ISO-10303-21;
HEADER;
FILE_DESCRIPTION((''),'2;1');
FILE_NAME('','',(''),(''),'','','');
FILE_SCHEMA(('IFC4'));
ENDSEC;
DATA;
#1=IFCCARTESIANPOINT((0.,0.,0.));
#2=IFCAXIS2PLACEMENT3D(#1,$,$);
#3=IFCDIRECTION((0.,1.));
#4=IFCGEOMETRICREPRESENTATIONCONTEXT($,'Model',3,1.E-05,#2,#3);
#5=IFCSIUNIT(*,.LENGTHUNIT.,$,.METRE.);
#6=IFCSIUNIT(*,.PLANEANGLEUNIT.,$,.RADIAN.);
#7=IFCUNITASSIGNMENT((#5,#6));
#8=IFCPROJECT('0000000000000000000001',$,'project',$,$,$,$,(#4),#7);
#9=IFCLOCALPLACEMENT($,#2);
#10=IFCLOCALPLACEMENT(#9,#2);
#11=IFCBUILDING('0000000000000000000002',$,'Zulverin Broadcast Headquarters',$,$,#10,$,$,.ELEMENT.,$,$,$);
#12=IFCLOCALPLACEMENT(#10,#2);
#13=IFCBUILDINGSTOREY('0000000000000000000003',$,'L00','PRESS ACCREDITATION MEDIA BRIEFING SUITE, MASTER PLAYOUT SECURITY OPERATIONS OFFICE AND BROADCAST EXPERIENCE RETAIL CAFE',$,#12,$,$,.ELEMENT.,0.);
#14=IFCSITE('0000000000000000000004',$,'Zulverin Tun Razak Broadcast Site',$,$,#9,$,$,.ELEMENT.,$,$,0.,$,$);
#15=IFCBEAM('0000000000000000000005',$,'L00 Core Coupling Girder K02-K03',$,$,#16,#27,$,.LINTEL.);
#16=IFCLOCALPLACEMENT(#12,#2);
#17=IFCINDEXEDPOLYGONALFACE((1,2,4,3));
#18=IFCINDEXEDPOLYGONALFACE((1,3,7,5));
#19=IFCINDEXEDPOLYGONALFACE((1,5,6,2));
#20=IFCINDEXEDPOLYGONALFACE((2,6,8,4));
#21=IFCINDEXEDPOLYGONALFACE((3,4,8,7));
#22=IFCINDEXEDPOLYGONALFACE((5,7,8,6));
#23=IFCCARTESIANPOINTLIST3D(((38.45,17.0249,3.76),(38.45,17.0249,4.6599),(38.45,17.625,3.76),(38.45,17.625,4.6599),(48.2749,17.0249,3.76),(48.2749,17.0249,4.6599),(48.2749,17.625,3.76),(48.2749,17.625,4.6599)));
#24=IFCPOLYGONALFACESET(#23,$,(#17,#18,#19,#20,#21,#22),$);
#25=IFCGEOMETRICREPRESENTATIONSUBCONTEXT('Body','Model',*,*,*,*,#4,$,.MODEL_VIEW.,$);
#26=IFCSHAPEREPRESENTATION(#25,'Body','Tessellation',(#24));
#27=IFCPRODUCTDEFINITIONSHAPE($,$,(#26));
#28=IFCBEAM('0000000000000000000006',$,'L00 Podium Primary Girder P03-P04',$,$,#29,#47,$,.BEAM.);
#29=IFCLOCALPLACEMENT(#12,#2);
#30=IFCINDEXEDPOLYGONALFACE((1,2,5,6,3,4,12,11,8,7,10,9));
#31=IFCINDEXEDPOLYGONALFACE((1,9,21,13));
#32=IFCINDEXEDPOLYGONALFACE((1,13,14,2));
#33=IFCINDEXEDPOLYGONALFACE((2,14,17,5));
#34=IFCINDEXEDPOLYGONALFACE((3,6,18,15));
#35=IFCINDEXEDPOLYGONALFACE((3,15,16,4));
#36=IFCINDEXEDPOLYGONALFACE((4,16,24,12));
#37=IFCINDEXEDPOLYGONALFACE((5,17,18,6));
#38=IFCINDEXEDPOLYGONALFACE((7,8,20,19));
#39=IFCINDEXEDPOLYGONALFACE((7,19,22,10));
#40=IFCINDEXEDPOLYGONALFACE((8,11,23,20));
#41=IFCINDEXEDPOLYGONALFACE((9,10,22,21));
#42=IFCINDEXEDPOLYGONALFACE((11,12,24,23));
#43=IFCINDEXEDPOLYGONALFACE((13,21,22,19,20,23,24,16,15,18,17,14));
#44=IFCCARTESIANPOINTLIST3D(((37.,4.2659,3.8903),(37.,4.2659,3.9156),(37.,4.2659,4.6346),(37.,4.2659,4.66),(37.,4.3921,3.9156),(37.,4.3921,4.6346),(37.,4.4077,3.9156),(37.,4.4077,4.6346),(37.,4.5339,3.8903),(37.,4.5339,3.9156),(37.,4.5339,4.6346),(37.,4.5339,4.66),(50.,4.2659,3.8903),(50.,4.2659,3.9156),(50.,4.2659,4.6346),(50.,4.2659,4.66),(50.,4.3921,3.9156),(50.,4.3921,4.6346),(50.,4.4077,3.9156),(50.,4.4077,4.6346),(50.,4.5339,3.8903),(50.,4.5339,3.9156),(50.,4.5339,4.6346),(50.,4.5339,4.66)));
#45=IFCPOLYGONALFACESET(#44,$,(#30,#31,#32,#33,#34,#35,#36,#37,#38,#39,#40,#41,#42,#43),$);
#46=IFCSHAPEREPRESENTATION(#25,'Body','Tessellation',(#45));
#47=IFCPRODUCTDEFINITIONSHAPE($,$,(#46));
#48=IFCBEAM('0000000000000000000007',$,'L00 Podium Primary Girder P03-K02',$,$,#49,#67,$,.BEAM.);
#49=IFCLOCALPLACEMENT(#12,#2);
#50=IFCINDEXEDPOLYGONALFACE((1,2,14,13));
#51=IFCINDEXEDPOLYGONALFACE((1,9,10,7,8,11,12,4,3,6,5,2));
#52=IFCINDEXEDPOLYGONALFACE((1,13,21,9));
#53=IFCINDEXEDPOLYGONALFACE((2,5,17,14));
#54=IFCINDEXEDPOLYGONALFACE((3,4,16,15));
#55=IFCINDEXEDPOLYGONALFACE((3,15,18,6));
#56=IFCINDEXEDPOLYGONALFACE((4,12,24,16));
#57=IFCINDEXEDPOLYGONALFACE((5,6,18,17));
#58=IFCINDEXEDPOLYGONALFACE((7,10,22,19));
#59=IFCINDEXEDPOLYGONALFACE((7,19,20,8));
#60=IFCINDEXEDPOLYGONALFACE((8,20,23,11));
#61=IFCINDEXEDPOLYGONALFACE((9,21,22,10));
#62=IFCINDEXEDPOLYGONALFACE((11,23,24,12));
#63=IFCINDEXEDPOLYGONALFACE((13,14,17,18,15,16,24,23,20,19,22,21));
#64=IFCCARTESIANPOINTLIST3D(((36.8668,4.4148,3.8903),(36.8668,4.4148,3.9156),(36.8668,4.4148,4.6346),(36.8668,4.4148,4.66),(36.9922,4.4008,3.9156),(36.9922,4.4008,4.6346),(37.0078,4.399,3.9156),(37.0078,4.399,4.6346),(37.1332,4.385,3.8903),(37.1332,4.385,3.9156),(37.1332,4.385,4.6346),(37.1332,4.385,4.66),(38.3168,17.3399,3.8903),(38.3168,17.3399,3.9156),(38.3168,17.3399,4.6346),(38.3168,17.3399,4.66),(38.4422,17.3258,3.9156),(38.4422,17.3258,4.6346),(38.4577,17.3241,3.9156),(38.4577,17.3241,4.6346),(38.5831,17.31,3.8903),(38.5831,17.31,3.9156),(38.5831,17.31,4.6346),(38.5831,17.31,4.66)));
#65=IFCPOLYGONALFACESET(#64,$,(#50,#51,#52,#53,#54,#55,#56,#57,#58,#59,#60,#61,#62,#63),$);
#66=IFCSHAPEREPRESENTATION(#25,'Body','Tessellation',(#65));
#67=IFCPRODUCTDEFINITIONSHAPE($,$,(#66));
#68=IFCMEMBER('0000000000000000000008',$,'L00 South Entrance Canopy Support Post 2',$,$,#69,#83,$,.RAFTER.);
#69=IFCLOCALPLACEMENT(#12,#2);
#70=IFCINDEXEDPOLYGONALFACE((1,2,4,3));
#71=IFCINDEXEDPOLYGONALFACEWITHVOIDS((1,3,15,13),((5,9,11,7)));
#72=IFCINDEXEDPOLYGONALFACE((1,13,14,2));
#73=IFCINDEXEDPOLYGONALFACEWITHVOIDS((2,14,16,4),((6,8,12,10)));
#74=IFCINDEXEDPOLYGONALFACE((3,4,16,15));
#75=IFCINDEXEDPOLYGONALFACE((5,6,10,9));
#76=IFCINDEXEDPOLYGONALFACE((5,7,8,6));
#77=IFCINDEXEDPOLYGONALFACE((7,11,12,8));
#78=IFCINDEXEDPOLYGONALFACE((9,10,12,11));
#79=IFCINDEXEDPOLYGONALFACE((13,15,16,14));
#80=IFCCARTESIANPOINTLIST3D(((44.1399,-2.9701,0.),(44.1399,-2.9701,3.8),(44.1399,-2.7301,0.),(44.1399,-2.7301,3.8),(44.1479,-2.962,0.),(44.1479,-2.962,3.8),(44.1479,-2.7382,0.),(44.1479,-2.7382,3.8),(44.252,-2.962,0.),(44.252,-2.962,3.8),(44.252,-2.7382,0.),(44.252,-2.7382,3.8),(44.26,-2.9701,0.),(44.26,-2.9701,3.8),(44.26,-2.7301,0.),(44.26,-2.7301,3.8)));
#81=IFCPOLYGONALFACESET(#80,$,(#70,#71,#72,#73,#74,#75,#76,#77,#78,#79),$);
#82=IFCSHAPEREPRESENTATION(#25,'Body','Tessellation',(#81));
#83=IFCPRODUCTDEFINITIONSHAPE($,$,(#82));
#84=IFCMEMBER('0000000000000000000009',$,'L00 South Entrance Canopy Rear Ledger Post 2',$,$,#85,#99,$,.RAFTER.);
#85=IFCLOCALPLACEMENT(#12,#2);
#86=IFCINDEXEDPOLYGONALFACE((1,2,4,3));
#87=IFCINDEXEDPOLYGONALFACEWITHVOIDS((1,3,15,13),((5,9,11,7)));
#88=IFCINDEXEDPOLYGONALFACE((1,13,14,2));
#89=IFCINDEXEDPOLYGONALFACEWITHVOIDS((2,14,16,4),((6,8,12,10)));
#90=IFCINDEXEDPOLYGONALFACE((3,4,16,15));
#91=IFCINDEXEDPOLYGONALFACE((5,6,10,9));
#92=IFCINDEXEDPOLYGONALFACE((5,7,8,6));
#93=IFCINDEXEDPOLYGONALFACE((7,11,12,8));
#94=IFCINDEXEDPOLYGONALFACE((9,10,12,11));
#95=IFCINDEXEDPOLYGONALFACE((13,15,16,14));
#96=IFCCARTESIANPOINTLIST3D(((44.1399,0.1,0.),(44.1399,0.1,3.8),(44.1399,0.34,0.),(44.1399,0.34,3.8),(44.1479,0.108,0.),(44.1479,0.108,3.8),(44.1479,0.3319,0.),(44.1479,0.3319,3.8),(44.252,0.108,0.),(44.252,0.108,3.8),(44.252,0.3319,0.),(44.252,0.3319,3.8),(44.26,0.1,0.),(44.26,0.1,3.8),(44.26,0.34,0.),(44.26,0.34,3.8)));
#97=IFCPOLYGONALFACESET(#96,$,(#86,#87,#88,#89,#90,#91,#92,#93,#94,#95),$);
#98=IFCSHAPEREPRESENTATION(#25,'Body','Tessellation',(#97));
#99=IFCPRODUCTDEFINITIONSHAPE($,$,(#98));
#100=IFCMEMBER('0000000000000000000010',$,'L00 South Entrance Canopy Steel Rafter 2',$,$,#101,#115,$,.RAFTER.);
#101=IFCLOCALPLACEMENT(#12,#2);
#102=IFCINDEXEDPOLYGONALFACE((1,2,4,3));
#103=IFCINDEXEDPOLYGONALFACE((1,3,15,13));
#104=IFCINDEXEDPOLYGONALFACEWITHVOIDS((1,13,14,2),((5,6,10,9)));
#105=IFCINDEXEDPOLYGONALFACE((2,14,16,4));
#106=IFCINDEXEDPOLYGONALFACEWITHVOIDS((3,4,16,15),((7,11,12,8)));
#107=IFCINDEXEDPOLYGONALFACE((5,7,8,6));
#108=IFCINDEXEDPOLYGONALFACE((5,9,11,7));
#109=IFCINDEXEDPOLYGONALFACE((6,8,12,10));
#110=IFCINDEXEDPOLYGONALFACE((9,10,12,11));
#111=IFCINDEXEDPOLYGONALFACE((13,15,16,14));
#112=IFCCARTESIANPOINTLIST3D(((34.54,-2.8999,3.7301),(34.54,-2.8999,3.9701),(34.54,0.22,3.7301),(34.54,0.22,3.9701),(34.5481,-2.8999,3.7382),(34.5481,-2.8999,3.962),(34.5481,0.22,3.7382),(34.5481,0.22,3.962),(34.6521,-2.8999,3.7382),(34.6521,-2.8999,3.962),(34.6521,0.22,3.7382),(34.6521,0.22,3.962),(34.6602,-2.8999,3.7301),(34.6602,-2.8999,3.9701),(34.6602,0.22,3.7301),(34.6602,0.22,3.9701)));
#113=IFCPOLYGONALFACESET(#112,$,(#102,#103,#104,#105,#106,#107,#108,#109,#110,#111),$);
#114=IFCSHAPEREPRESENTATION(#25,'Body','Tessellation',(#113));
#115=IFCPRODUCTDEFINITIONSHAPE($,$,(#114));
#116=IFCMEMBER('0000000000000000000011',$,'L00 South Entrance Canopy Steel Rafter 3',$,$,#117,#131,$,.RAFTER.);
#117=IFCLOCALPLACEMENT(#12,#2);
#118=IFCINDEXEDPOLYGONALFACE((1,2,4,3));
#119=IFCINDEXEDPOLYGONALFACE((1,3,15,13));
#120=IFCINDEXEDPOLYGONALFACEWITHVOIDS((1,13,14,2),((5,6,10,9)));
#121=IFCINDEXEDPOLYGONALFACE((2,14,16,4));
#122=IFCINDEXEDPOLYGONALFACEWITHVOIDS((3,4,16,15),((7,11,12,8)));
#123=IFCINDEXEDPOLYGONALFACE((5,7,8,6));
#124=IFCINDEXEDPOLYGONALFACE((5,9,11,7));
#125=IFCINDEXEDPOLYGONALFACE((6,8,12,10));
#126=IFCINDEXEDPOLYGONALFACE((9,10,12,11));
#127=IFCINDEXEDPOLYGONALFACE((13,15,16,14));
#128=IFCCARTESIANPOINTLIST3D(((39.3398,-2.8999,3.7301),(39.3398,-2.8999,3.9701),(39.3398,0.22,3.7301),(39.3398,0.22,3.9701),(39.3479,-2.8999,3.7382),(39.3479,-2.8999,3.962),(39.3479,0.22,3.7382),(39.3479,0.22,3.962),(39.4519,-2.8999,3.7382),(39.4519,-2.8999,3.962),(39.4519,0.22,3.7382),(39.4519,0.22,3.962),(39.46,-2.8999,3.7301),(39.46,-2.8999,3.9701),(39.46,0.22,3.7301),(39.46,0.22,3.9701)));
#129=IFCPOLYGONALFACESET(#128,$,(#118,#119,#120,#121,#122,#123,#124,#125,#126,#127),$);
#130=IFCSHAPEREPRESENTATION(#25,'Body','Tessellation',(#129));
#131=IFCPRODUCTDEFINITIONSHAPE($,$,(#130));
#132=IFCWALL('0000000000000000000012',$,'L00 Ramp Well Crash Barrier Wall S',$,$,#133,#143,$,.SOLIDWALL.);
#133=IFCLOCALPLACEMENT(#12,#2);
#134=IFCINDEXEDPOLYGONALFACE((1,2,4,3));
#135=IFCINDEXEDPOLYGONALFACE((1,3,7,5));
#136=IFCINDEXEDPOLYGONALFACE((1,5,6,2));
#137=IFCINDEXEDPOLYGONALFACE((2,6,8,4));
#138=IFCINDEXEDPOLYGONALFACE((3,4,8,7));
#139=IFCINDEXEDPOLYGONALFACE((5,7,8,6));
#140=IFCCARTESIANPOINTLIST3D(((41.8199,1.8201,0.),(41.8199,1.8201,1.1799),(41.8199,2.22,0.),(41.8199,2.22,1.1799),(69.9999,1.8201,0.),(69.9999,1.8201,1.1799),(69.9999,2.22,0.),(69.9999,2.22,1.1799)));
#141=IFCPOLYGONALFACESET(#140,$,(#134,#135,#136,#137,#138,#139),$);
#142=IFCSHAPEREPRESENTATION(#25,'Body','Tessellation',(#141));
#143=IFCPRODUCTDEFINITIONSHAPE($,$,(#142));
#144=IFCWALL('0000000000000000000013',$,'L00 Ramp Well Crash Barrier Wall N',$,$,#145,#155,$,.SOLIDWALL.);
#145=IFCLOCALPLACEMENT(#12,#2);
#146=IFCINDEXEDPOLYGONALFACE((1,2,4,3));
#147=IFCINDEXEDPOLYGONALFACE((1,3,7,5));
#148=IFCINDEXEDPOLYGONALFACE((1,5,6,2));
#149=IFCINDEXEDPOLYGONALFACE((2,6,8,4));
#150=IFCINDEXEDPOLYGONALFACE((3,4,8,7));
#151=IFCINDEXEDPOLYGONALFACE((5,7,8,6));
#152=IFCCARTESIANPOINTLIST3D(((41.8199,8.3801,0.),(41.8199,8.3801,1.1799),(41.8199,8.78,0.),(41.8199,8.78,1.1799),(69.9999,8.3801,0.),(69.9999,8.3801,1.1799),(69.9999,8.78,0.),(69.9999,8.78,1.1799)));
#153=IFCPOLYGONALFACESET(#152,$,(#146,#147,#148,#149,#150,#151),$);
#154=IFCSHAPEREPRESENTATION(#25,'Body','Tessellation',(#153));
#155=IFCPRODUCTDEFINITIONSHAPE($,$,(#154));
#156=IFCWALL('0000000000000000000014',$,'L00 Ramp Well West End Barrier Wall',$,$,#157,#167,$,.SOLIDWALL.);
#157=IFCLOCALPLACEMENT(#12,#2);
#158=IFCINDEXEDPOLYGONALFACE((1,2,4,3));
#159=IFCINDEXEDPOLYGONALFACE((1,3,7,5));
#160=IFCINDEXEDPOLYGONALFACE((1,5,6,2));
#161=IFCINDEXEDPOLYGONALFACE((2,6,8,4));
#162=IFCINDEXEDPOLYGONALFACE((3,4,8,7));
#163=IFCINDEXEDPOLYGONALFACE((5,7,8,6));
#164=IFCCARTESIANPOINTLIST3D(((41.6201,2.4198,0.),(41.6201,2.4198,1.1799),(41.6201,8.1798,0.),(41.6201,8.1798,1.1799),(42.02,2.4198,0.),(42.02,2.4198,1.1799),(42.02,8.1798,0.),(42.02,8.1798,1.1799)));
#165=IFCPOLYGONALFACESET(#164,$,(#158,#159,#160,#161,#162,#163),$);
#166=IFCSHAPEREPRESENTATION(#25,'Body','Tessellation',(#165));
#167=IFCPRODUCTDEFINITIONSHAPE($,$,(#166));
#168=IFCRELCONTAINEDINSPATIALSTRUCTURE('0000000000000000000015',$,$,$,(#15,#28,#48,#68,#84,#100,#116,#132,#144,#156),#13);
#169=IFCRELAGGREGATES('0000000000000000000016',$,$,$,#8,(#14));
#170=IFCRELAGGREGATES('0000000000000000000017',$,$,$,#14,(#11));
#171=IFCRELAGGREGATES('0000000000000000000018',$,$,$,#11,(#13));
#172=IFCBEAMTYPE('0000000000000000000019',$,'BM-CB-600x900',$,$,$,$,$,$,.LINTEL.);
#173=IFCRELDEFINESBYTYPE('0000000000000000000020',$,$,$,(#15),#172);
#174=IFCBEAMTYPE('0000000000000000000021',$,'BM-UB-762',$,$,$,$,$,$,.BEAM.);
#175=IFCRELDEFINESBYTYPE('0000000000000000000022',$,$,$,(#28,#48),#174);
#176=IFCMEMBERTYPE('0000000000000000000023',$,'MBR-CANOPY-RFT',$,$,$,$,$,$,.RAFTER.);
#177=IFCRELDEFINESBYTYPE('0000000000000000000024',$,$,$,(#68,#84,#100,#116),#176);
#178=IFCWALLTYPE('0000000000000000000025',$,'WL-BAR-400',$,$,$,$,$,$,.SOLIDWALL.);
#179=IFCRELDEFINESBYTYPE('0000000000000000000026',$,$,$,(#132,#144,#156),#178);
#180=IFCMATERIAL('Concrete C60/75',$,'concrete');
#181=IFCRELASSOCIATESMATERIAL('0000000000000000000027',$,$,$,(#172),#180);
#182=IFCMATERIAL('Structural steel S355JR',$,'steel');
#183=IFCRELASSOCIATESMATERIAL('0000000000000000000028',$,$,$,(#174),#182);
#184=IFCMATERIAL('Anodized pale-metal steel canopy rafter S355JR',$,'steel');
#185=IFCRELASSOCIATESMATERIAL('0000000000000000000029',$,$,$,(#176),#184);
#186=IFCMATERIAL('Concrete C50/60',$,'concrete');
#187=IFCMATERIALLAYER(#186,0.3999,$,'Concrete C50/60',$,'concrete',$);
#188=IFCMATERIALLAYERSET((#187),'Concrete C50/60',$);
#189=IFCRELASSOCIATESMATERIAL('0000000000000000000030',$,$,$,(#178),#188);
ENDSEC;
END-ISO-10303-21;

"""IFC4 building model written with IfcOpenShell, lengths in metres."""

from ifc_helpers import new_model, si_unit, direction, frame, frame_2d, origin, origin_2d, place, context, subcontext, project, spatial, rectangle, hollow_rectangle, i_section, extrude, material, layer, layer_set, material_profile, profile_set, type_object, element, save


model = new_model("IFC4")

# Units and contexts
model_context = context("Model", 3, precision=1e-05, world=origin(), true_north=direction((0.0, 1.0)))
body_context = subcontext(model_context, "Body", "Model", "MODEL_VIEW")
ifc_project = project(units=[si_unit("LENGTHUNIT", "METRE"), si_unit("PLANEANGLEUNIT", "RADIAN")], contexts=[model_context])

# Site, building, storey
site_placement = place(None, origin())
site = spatial("IfcSite", under=ifc_project, at=site_placement, Name="Zulverin Tun Razak Broadcast Site", CompositionType="ELEMENT", RefElevation=0.0)
building_placement = place(site_placement, origin())
building = spatial("IfcBuilding", under=site, at=building_placement, Name="Zulverin Broadcast Headquarters", CompositionType="ELEMENT")
storey_placement = place(building_placement, origin())
storey = spatial("IfcBuildingStorey", under=building, at=storey_placement, Name="L00", Description="PRESS ACCREDITATION MEDIA BRIEFING SUITE, MASTER PLAYOUT SECURITY OPERATIONS OFFICE AND BROADCAST EXPERIENCE RETAIL CAFE", CompositionType="ELEMENT", Elevation=0.0)

# Shared definitions
ifc_material_1 = material(Name="Concrete C50/60", Category="concrete")

# Shared definitions
ifc_material_2 = material(Name="Concrete C60/75", Category="concrete")

# Beams
ifc_material_profile_1 = material_profile(ifc_material_2, rectangle(XDim=0.6001, YDim=0.8999, at=origin_2d()), Name="Concrete C60/75", Category="concrete")
ifc_profile_set_1 = profile_set([ifc_material_profile_1], Name="Concrete C60/75")
beam_type_1 = type_object("IfcBeamType", Name="BM-CB-600x900", PredefinedType="LINTEL", material=ifc_profile_set_1)
beam_1_placement = place(storey_placement, frame((38.45, 17.325, 4.21), z_axis=(1.0, 0.0, 0.0), x_axis=(0.0, 1.0, 0.0)))
element("IfcBeam", 1, at=beam_1_placement, inside=storey, type_object=beam_type_1, Name="L00 Core Coupling Girder K02-K03", PredefinedType="LINTEL", context=body_context, shape_type="SweptSolid", body=[
    extrude(rectangle(XDim=0.6001, YDim=0.8999, at=origin_2d()), origin(), (0.0, 0.0, 1.0), 9.825),
])
ifc_material_3 = material(Name="Structural steel S355JR", Category="steel")
ifc_material_profile_2 = material_profile(ifc_material_3, i_section(OverallWidth=0.2681, OverallDepth=0.7698, WebThickness=0.0156, FlangeThickness=0.0254, at=origin_2d()), Name="Structural steel S355JR", Category="steel")
ifc_profile_set_2 = profile_set([ifc_material_profile_2], Name="Structural steel S355JR")
beam_type_2 = type_object("IfcBeamType", Name="BM-UB-762", PredefinedType="BEAM", material=ifc_profile_set_2)
beam_2_placement = place(storey_placement, frame((37.0, 4.3999, 4.2751), z_axis=(1.0, 0.0, 0.0), x_axis=(0.0, 1.0, 0.0)))
element("IfcBeam", 2, at=beam_2_placement, inside=storey, type_object=beam_type_2, Name="L00 Podium Primary Girder P03-P04", PredefinedType="BEAM", context=body_context, shape_type="SweptSolid", body=[
    extrude(i_section(OverallWidth=0.2681, OverallDepth=0.7698, WebThickness=0.0156, FlangeThickness=0.0254, at=origin_2d()), origin(), (0.0, 0.0, 1.0), 13.0),
])
beam_3_placement = place(storey_placement, frame((37.0, 4.3999, 4.2751), z_axis=(0.111482, 0.993766, 0.0), x_axis=(-0.993766, 0.111482, 0.0)))
element("IfcBeam", 3, at=beam_3_placement, inside=storey, type_object=beam_type_2, Name="L00 Podium Primary Girder P03-K02", PredefinedType="BEAM", context=body_context, shape_type="SweptSolid", body=[
    extrude(i_section(OverallWidth=0.2681, OverallDepth=0.7698, WebThickness=0.0156, FlangeThickness=0.0254, at=origin_2d()), origin(), (0.0, 0.0, 1.0), 13.0061),
])

# Members
ifc_material_4 = material(Name="Anodized pale-metal steel canopy rafter S355JR", Category="steel")
ifc_material_profile_3 = material_profile(ifc_material_4, hollow_rectangle(XDim=0.1201, YDim=0.24, WallThickness=0.0081, at=origin_2d()), Name="Anodized pale-metal steel canopy rafter S355JR", Category="steel")
ifc_profile_set_3 = profile_set([ifc_material_profile_3], Name="Anodized pale-metal steel canopy rafter S355JR")
member_type = type_object("IfcMemberType", Name="MBR-CANOPY-RFT", PredefinedType="RAFTER", material=ifc_profile_set_3)
for number, where, z_axis, x_axis, name in (
    (4, (44.2, -2.8501, 0.0), (0.0, 0.0, 1.0), (1.0, 0.0, 0.0), "L00 South Entrance Canopy Support Post 2"),
    (5, (44.2, 0.22, 0.0), (0.0, 0.0, 1.0), (1.0, 0.0, 0.0), "L00 South Entrance Canopy Rear Ledger Post 2"),
):
    element("IfcMember", number, at=place(storey_placement, frame(where, z_axis=z_axis, x_axis=x_axis)), inside=storey, type_object=member_type, Name=name, PredefinedType="RAFTER", context=body_context, shape_type="SweptSolid", body=[
        extrude(hollow_rectangle(XDim=0.1201, YDim=0.24, WallThickness=0.0081, at=origin_2d()), origin(), (0.0, 0.0, 1.0), 3.8),
    ])
for number, where, z_axis, x_axis, name in (
    (6, (34.6001, 0.22, 3.8501), (0.0, -1.0, 0.0), (1.0, 0.0, 0.0), "L00 South Entrance Canopy Steel Rafter 2"),
    (7, (39.3999, 0.22, 3.8501), (0.0, -1.0, 0.0), (1.0, 0.0, 0.0), "L00 South Entrance Canopy Steel Rafter 3"),
):
    element("IfcMember", number, at=place(storey_placement, frame(where, z_axis=z_axis, x_axis=x_axis)), inside=storey, type_object=member_type, Name=name, PredefinedType="RAFTER", context=body_context, shape_type="SweptSolid", body=[
        extrude(hollow_rectangle(XDim=0.1201, YDim=0.24, WallThickness=0.0081, at=origin_2d()), origin(), (0.0, 0.0, 1.0), 3.1199),
    ])

# Walls
ifc_layer_1 = layer(ifc_material_1, 0.3999, Name="Concrete C50/60", Category="concrete")
ifc_layer_set_1 = layer_set([ifc_layer_1], Name="Concrete C50/60")
wall_type_1 = type_object("IfcWallType", Name="WL-BAR-400", PredefinedType="SOLIDWALL", material=ifc_layer_set_1)
for number, where, z_axis, x_axis, name in (
    (8, (41.8201, 2.02, 0.0), (0.0, 0.0, 1.0), (1.0, 0.0, 0.0), "L00 Ramp Well Crash Barrier Wall S"),
    (9, (41.8201, 8.5801, 0.0), (0.0, 0.0, 1.0), (1.0, 0.0, 0.0), "L00 Ramp Well Crash Barrier Wall N"),
):
    element("IfcWall", number, at=place(storey_placement, frame(where, z_axis=z_axis, x_axis=x_axis)), inside=storey, type_object=wall_type_1, Name=name, PredefinedType="SOLIDWALL", context=body_context, shape_type="SweptSolid", body=[
        extrude(rectangle(XDim=28.1799, YDim=0.3999, at=frame_2d((14.0898, 0.0))), origin(), (0.0, 0.0, 1.0), 1.1799),
    ])
wall_1_placement = place(storey_placement, frame((41.8201, 2.4199, 0.0), z_axis=(0.0, 0.0, 1.0), x_axis=(0.0, 1.0, 0.0)))
element("IfcWall", 10, at=wall_1_placement, inside=storey, type_object=wall_type_1, Name="L00 Ramp Well West End Barrier Wall", PredefinedType="SOLIDWALL", context=body_context, shape_type="SweptSolid", body=[
    extrude(rectangle(XDim=5.76, YDim=0.3999, at=frame_2d((2.8799, 0.0))), origin(), (0.0, 0.0, 1.0), 1.1799),
])

save(model, "model.ifc")
